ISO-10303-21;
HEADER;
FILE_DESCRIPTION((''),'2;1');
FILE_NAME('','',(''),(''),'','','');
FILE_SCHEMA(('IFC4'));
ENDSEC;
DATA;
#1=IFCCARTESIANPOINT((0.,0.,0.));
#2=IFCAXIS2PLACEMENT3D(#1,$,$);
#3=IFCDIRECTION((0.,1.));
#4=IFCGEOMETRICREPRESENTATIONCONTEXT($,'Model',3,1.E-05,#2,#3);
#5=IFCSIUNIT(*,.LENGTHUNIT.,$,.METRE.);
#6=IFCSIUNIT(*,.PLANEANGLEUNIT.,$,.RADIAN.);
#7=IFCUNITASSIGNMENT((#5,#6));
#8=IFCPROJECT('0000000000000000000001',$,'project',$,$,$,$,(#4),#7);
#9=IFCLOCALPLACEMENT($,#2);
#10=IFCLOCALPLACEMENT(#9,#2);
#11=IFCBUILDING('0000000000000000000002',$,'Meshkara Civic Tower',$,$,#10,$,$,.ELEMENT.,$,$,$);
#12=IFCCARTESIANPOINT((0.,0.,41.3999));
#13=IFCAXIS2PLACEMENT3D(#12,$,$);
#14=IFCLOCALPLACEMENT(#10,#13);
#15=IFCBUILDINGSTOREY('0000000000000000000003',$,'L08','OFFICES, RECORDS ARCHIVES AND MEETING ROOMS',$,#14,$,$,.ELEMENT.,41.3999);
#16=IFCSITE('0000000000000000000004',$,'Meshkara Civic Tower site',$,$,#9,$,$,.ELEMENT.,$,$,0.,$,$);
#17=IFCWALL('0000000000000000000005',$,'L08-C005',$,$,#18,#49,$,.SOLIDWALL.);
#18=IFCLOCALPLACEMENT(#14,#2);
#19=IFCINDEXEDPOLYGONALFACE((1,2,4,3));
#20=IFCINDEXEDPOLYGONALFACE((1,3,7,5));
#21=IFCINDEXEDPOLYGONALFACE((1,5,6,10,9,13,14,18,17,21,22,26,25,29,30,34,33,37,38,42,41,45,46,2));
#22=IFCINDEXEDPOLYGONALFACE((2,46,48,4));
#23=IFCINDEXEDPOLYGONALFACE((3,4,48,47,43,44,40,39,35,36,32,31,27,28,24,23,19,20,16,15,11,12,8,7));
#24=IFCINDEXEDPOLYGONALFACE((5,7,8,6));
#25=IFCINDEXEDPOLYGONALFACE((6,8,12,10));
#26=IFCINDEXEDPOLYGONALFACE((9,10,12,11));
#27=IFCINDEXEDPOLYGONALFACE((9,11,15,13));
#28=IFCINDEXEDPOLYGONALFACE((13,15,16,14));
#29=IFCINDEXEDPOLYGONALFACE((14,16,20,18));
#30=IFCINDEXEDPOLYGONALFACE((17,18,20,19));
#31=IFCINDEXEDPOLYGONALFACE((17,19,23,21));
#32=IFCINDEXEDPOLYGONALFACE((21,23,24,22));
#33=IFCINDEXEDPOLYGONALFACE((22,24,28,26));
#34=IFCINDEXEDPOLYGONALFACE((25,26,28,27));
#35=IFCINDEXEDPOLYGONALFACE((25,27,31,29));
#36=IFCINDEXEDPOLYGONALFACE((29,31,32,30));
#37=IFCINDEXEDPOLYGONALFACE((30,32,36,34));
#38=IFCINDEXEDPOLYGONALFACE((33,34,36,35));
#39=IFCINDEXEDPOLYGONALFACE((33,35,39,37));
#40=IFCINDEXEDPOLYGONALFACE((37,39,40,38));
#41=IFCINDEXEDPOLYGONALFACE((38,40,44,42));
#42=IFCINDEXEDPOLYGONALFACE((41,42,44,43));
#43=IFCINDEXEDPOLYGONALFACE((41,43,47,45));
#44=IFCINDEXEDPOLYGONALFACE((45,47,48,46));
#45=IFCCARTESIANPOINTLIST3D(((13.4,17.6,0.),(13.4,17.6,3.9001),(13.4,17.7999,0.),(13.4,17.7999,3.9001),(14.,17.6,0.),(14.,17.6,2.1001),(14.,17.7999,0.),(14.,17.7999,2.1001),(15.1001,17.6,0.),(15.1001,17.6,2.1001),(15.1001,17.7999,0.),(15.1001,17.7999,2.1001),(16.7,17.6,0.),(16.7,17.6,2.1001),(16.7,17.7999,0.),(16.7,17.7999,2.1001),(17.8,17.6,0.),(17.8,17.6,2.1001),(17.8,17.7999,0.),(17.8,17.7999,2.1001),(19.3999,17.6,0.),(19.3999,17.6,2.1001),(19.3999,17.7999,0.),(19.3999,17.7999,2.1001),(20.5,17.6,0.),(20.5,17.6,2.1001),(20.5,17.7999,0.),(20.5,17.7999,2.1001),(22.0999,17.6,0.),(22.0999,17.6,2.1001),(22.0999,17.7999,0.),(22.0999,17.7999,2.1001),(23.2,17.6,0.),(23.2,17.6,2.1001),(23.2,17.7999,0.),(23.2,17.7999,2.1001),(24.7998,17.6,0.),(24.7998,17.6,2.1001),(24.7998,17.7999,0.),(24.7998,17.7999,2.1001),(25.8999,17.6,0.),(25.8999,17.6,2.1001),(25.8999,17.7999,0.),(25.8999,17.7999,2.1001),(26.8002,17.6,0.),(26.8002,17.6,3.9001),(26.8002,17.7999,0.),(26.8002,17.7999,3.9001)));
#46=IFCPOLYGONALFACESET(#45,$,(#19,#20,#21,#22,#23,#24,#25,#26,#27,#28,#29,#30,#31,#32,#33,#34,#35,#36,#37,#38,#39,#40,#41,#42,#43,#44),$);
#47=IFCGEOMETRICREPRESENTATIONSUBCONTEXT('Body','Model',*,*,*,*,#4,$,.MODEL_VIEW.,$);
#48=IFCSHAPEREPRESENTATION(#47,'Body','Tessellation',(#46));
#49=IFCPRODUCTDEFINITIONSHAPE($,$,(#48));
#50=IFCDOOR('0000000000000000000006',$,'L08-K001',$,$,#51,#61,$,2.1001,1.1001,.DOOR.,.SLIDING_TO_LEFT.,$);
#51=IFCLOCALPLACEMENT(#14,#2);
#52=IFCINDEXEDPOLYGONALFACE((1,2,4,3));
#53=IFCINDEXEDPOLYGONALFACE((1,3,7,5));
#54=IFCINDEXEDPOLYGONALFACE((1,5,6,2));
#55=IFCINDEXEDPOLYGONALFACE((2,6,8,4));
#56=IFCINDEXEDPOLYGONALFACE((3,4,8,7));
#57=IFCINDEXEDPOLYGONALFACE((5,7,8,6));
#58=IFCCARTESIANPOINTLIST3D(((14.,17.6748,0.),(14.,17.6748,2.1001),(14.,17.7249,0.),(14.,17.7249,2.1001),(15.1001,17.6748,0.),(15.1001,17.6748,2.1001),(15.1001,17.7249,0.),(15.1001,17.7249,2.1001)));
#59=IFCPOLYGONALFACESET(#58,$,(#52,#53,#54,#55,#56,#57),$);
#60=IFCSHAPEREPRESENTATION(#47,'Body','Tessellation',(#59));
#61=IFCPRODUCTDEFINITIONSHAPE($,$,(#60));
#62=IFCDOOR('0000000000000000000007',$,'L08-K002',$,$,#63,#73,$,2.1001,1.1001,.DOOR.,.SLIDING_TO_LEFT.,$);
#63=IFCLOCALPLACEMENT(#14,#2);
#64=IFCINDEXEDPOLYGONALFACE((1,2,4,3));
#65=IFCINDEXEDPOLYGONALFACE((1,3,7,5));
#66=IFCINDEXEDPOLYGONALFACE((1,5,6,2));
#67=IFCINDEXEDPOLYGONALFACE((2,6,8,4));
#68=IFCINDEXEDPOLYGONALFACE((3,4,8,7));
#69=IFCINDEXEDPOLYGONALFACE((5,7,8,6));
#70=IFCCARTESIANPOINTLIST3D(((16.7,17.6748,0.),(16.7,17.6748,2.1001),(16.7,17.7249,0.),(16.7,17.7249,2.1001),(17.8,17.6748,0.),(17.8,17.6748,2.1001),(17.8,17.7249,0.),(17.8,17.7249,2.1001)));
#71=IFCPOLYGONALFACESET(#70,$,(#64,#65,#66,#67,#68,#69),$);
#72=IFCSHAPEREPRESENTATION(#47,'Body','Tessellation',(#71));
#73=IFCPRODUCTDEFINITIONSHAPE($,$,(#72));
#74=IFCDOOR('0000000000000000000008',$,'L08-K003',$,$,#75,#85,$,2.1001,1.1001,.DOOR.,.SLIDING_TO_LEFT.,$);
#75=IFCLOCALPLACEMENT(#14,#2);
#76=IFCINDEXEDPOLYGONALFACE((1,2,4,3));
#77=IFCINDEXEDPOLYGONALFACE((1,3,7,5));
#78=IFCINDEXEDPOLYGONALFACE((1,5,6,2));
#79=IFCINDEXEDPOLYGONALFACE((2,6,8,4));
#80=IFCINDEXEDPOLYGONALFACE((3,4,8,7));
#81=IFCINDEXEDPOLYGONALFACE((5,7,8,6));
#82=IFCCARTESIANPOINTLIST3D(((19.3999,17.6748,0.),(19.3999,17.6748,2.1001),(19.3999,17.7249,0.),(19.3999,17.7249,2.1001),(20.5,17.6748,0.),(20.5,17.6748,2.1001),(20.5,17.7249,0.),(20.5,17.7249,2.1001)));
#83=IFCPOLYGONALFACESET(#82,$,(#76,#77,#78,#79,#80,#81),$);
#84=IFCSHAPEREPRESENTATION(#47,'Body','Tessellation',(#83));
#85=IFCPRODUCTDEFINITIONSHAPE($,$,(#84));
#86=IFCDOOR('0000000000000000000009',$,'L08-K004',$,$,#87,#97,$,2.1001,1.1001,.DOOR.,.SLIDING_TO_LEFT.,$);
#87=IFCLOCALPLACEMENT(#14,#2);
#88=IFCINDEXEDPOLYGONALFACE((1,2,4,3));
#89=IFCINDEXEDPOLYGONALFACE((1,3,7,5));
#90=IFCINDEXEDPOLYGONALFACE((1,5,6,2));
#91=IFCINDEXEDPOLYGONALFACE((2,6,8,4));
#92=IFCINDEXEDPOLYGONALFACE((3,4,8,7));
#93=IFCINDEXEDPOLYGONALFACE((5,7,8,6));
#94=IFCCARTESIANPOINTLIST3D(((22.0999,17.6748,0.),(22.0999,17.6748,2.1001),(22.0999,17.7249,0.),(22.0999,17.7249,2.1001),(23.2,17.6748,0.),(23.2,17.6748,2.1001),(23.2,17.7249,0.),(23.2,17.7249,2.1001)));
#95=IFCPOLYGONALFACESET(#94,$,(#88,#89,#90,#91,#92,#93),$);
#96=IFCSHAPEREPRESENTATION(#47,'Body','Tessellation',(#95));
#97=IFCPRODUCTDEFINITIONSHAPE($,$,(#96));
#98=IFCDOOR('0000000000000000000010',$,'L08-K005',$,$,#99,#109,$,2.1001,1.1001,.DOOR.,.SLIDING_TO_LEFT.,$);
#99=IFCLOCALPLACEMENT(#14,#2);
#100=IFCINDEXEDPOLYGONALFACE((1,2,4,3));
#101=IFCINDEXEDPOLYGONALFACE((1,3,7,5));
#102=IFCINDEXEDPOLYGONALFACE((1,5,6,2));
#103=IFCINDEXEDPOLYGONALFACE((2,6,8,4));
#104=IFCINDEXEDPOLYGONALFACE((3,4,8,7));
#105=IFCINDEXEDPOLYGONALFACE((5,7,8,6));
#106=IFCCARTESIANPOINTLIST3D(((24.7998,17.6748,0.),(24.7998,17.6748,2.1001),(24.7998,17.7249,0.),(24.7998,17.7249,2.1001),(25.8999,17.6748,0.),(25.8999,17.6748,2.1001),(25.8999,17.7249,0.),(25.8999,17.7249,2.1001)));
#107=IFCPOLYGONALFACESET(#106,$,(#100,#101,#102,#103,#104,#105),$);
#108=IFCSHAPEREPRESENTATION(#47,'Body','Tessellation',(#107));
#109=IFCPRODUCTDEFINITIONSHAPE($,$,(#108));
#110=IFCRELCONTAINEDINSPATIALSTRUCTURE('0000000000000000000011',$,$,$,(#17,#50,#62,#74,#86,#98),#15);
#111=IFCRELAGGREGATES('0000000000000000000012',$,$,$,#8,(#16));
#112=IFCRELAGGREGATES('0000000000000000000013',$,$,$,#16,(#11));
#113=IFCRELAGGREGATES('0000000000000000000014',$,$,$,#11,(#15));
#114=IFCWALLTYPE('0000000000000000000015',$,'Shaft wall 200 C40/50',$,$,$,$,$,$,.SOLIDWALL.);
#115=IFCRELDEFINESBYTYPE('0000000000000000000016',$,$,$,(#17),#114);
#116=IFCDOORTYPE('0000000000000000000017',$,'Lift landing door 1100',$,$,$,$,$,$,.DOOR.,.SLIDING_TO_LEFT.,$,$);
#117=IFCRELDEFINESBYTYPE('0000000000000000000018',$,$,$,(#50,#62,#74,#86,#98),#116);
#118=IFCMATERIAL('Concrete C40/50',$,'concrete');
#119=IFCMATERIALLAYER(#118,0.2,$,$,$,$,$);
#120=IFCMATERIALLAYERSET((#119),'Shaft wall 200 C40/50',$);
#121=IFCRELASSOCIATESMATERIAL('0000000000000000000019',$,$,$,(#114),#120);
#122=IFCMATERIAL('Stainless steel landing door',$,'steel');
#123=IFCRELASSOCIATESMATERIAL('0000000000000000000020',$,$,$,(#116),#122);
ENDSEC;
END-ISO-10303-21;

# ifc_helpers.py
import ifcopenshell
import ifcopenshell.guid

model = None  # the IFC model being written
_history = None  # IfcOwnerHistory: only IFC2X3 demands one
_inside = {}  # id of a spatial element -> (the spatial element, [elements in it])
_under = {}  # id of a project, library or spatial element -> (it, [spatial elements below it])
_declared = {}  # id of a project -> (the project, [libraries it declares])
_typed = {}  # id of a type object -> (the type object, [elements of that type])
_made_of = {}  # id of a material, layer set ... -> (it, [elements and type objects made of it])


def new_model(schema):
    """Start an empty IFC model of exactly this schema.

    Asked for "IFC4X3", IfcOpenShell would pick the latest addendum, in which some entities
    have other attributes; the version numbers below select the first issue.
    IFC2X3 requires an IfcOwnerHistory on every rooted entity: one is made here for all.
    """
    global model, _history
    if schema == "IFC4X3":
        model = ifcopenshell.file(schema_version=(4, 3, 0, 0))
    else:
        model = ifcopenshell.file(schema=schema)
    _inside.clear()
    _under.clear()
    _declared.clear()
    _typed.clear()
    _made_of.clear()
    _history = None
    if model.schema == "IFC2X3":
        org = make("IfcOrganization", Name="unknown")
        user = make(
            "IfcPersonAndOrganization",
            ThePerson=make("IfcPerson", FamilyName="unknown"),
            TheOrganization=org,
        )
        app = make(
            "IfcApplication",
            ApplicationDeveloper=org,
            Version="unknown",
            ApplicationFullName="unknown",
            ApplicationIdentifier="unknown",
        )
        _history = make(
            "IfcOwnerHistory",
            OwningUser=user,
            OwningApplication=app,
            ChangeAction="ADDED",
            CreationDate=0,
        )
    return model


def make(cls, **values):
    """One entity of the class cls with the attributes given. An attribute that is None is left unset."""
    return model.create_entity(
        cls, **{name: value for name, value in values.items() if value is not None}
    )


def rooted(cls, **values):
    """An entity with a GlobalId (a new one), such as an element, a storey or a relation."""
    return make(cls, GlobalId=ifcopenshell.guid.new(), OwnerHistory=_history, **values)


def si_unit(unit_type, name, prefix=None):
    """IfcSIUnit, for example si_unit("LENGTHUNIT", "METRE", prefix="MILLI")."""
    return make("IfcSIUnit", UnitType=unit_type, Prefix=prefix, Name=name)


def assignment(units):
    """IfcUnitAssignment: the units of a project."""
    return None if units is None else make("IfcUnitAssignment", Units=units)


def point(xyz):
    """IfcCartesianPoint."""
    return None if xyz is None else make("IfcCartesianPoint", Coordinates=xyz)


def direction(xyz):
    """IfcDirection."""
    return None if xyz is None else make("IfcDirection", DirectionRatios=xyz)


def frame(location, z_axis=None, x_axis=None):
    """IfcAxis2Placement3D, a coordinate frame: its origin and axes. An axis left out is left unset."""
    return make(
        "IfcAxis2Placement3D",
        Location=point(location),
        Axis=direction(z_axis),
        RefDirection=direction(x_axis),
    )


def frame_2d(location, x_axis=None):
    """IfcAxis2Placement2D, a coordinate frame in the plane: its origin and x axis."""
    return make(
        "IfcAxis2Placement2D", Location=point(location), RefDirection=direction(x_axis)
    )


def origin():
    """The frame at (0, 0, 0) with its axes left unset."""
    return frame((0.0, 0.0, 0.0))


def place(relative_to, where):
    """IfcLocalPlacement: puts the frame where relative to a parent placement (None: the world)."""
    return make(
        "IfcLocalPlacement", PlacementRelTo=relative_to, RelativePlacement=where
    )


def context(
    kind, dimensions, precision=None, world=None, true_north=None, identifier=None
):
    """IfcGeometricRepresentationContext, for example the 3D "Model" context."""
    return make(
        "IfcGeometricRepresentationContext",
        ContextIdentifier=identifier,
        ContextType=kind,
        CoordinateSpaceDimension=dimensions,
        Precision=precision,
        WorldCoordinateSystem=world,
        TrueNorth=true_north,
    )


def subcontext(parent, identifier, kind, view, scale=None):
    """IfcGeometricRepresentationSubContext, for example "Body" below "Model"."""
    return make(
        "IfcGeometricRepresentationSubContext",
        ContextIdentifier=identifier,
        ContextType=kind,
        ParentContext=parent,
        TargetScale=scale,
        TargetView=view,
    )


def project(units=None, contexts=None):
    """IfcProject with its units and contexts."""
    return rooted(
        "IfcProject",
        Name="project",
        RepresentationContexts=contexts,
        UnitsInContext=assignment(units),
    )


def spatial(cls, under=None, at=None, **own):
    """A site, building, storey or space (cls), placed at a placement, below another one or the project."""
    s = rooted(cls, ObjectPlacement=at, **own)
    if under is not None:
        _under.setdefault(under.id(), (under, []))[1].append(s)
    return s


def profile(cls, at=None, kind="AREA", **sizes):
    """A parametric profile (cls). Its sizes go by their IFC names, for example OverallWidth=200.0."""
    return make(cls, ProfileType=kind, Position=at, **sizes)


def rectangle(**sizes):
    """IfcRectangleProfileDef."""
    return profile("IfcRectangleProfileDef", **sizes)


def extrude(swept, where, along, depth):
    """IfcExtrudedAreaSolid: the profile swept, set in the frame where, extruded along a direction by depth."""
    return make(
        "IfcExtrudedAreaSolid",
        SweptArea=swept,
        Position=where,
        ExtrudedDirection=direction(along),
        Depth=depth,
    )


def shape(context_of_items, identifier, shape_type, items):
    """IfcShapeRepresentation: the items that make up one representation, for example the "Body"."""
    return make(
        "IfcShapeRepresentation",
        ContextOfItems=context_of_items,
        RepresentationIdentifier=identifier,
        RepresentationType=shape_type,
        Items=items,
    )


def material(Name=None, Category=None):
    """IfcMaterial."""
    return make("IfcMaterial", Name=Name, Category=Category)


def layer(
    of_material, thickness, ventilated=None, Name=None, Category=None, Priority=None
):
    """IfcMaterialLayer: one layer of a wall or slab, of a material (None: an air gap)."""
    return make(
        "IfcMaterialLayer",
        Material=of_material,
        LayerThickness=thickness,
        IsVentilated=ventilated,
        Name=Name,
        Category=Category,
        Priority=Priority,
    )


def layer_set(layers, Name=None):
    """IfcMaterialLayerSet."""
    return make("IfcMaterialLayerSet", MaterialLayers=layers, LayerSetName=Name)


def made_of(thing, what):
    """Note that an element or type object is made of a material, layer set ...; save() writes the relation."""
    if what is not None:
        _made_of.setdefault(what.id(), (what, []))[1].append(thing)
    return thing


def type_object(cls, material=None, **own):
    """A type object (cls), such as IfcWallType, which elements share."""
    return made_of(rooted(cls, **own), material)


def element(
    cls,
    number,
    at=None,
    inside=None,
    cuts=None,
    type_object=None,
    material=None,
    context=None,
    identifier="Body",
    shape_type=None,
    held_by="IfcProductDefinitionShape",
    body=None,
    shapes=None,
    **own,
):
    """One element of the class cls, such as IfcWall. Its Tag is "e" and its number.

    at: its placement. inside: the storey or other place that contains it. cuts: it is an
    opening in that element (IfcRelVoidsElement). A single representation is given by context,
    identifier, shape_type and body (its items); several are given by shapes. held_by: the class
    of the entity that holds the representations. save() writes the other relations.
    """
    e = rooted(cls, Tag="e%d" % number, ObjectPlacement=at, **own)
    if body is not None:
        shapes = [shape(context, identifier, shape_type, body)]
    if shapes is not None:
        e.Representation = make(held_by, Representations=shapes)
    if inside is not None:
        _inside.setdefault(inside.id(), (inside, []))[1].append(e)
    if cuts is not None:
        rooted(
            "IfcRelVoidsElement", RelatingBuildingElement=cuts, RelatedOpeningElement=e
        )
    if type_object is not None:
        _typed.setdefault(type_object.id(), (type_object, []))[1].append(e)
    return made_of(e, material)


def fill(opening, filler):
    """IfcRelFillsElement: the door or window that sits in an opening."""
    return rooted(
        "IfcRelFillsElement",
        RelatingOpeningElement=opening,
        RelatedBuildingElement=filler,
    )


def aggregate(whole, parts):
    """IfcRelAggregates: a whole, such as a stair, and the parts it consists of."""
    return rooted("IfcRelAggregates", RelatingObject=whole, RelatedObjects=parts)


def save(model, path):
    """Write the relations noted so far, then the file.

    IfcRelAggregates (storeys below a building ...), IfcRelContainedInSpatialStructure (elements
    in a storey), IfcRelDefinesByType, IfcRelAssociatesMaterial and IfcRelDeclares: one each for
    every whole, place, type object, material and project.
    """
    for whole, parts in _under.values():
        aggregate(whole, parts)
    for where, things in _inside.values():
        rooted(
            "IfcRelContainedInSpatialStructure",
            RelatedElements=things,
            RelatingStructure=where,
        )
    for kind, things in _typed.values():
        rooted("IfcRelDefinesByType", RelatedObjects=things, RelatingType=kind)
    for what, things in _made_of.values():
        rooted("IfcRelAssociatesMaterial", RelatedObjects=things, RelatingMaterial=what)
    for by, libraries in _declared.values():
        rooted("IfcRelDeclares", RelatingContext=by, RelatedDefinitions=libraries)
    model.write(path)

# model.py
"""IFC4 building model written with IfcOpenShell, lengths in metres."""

from ifc_helpers import new_model, si_unit, direction, frame, frame_2d, origin, place, context, subcontext, project, spatial, rectangle, extrude, material, layer, layer_set, type_object, element, fill, save


model = new_model("IFC4")

# Units and contexts
model_context = context("Model", 3, precision=1e-05, world=origin(), true_north=direction((0.0, 1.0)))
body_context = subcontext(model_context, "Body", "Model", "MODEL_VIEW")
ifc_project = project(units=[si_unit("LENGTHUNIT", "METRE"), si_unit("PLANEANGLEUNIT", "RADIAN")], contexts=[model_context])

# Site, building, storey
site_placement = place(None, origin())
site = spatial("IfcSite", under=ifc_project, at=site_placement, Name="Meshkara Civic Tower site", CompositionType="ELEMENT", RefElevation=0.0)
building_placement = place(site_placement, origin())
building = spatial("IfcBuilding", under=site, at=building_placement, Name="Meshkara Civic Tower", CompositionType="ELEMENT")
storey_placement = place(building_placement, frame((0.0, 0.0, 41.3999)))
storey = spatial("IfcBuildingStorey", under=building, at=storey_placement, Name="L08", Description="OFFICES, RECORDS ARCHIVES AND MEETING ROOMS", CompositionType="ELEMENT", Elevation=41.3999)

# Wall, openings, doors
ifc_material_1 = material(Name="Concrete C40/50", Category="concrete")
ifc_layer_1 = layer(ifc_material_1, 0.2)
ifc_layer_set_1 = layer_set([ifc_layer_1], Name="Shaft wall 200 C40/50")
wall_type_1 = type_object("IfcWallType", Name="Shaft wall 200 C40/50", PredefinedType="SOLIDWALL", material=ifc_layer_set_1)
wall_1_placement = place(storey_placement, frame((13.3999, 17.7, 0.0), z_axis=(0.0, 0.0, 1.0), x_axis=(1.0, 0.0, 0.0)))
wall_1 = element("IfcWall", 1, at=wall_1_placement, inside=storey, type_object=wall_type_1, Name="L08-C005", PredefinedType="SOLIDWALL", context=body_context, shape_type="SweptSolid", body=[
    extrude(rectangle(XDim=13.4001, YDim=0.2, at=frame_2d((6.7002, 0.0))), origin(), (0.0, 0.0, 1.0), 3.9001),
])
opening_1_placement = place(wall_1_placement, frame((0.6001, 0.0, 0.0)))
opening_1 = element("IfcOpeningElement", 2, at=opening_1_placement, cuts=wall_1, PredefinedType="OPENING", context=body_context, shape_type="SweptSolid", body=[
    extrude(rectangle(XDim=1.1001, YDim=2.1001, at=frame_2d((0.55, 1.05))), frame((0.0, 0.1099, 0.0), z_axis=(0.0, -1.0, 0.0), x_axis=(1.0, 0.0, 0.0)), (0.0, 0.0, 1.0), 0.22),
])
opening_2_placement = place(wall_1_placement, frame((3.3, 0.0, 0.0)))
opening_2 = element("IfcOpeningElement", 3, at=opening_2_placement, cuts=wall_1, PredefinedType="OPENING", context=body_context, shape_type="SweptSolid", body=[
    extrude(rectangle(XDim=1.1001, YDim=2.1001, at=frame_2d((0.55, 1.05))), frame((0.0, 0.1099, 0.0), z_axis=(0.0, -1.0, 0.0), x_axis=(1.0, 0.0, 0.0)), (0.0, 0.0, 1.0), 0.22),
])
opening_3_placement = place(wall_1_placement, frame((6.0, 0.0, 0.0)))
opening_3 = element("IfcOpeningElement", 4, at=opening_3_placement, cuts=wall_1, PredefinedType="OPENING", context=body_context, shape_type="SweptSolid", body=[
    extrude(rectangle(XDim=1.1001, YDim=2.1001, at=frame_2d((0.55, 1.05))), frame((0.0, 0.1099, 0.0), z_axis=(0.0, -1.0, 0.0), x_axis=(1.0, 0.0, 0.0)), (0.0, 0.0, 1.0), 0.22),
])
opening_4_placement = place(wall_1_placement, frame((8.7, 0.0, 0.0)))
opening_4 = element("IfcOpeningElement", 5, at=opening_4_placement, cuts=wall_1, PredefinedType="OPENING", context=body_context, shape_type="SweptSolid", body=[
    extrude(rectangle(XDim=1.1001, YDim=2.1001, at=frame_2d((0.55, 1.05))), frame((0.0, 0.1099, 0.0), z_axis=(0.0, -1.0, 0.0), x_axis=(1.0, 0.0, 0.0)), (0.0, 0.0, 1.0), 0.22),
])
opening_5_placement = place(wall_1_placement, frame((11.3999, 0.0, 0.0)))
opening_5 = element("IfcOpeningElement", 6, at=opening_5_placement, cuts=wall_1, PredefinedType="OPENING", context=body_context, shape_type="SweptSolid", body=[
    extrude(rectangle(XDim=1.1001, YDim=2.1001, at=frame_2d((0.55, 1.05))), frame((0.0, 0.1099, 0.0), z_axis=(0.0, -1.0, 0.0), x_axis=(1.0, 0.0, 0.0)), (0.0, 0.0, 1.0), 0.22),
])
ifc_material_2 = material(Name="Stainless steel landing door", Category="steel")
door_type_1 = type_object("IfcDoorType", Name="Lift landing door 1100", OperationType="SLIDING_TO_LEFT", PredefinedType="DOOR", material=ifc_material_2)
door_1_placement = place(opening_1_placement, origin())
door_1 = element("IfcDoor", 7, at=door_1_placement, inside=storey, type_object=door_type_1, Name="L08-K001", OperationType="SLIDING_TO_LEFT", OverallHeight=2.1001, OverallWidth=1.1001, PredefinedType="DOOR", context=body_context, shape_type="SweptSolid", body=[
    extrude(rectangle(XDim=1.1001, YDim=2.1001, at=frame_2d((0.55, 1.05))), frame((0.0, 0.0249, 0.0), z_axis=(0.0, -1.0, 0.0), x_axis=(1.0, 0.0, 0.0)), (0.0, 0.0, 1.0), 0.05),
])
fill(opening_1, door_1)
door_2_placement = place(opening_2_placement, origin())
door_2 = element("IfcDoor", 8, at=door_2_placement, inside=storey, type_object=door_type_1, Name="L08-K002", OperationType="SLIDING_TO_LEFT", OverallHeight=2.1001, OverallWidth=1.1001, PredefinedType="DOOR", context=body_context, shape_type="SweptSolid", body=[
    extrude(rectangle(XDim=1.1001, YDim=2.1001, at=frame_2d((0.55, 1.05))), frame((0.0, 0.0249, 0.0), z_axis=(0.0, -1.0, 0.0), x_axis=(1.0, 0.0, 0.0)), (0.0, 0.0, 1.0), 0.05),
])
fill(opening_2, door_2)
door_3_placement = place(opening_3_placement, origin())
door_3 = element("IfcDoor", 9, at=door_3_placement, inside=storey, type_object=door_type_1, Name="L08-K003", OperationType="SLIDING_TO_LEFT", OverallHeight=2.1001, OverallWidth=1.1001, PredefinedType="DOOR", context=body_context, shape_type="SweptSolid", body=[
    extrude(rectangle(XDim=1.1001, YDim=2.1001, at=frame_2d((0.55, 1.05))), frame((0.0, 0.0249, 0.0), z_axis=(0.0, -1.0, 0.0), x_axis=(1.0, 0.0, 0.0)), (0.0, 0.0, 1.0), 0.05),
])
fill(opening_3, door_3)
door_4_placement = place(opening_4_placement, origin())
door_4 = element("IfcDoor", 10, at=door_4_placement, inside=storey, type_object=door_type_1, Name="L08-K004", OperationType="SLIDING_TO_LEFT", OverallHeight=2.1001, OverallWidth=1.1001, PredefinedType="DOOR", context=body_context, shape_type="SweptSolid", body=[
    extrude(rectangle(XDim=1.1001, YDim=2.1001, at=frame_2d((0.55, 1.05))), frame((0.0, 0.0249, 0.0), z_axis=(0.0, -1.0, 0.0), x_axis=(1.0, 0.0, 0.0)), (0.0, 0.0, 1.0), 0.05),
])
fill(opening_4, door_4)
door_5_placement = place(opening_5_placement, origin())
door_5 = element("IfcDoor", 11, at=door_5_placement, inside=storey, type_object=door_type_1, Name="L08-K005", OperationType="SLIDING_TO_LEFT", OverallHeight=2.1001, OverallWidth=1.1001, PredefinedType="DOOR", context=body_context, shape_type="SweptSolid", body=[
    extrude(rectangle(XDim=1.1001, YDim=2.1001, at=frame_2d((0.55, 1.05))), frame((0.0, 0.0249, 0.0), z_axis=(0.0, -1.0, 0.0), x_axis=(1.0, 0.0, 0.0)), (0.0, 0.0, 1.0), 0.05),
])
fill(opening_5, door_5)

save(model, "model.ifc")
